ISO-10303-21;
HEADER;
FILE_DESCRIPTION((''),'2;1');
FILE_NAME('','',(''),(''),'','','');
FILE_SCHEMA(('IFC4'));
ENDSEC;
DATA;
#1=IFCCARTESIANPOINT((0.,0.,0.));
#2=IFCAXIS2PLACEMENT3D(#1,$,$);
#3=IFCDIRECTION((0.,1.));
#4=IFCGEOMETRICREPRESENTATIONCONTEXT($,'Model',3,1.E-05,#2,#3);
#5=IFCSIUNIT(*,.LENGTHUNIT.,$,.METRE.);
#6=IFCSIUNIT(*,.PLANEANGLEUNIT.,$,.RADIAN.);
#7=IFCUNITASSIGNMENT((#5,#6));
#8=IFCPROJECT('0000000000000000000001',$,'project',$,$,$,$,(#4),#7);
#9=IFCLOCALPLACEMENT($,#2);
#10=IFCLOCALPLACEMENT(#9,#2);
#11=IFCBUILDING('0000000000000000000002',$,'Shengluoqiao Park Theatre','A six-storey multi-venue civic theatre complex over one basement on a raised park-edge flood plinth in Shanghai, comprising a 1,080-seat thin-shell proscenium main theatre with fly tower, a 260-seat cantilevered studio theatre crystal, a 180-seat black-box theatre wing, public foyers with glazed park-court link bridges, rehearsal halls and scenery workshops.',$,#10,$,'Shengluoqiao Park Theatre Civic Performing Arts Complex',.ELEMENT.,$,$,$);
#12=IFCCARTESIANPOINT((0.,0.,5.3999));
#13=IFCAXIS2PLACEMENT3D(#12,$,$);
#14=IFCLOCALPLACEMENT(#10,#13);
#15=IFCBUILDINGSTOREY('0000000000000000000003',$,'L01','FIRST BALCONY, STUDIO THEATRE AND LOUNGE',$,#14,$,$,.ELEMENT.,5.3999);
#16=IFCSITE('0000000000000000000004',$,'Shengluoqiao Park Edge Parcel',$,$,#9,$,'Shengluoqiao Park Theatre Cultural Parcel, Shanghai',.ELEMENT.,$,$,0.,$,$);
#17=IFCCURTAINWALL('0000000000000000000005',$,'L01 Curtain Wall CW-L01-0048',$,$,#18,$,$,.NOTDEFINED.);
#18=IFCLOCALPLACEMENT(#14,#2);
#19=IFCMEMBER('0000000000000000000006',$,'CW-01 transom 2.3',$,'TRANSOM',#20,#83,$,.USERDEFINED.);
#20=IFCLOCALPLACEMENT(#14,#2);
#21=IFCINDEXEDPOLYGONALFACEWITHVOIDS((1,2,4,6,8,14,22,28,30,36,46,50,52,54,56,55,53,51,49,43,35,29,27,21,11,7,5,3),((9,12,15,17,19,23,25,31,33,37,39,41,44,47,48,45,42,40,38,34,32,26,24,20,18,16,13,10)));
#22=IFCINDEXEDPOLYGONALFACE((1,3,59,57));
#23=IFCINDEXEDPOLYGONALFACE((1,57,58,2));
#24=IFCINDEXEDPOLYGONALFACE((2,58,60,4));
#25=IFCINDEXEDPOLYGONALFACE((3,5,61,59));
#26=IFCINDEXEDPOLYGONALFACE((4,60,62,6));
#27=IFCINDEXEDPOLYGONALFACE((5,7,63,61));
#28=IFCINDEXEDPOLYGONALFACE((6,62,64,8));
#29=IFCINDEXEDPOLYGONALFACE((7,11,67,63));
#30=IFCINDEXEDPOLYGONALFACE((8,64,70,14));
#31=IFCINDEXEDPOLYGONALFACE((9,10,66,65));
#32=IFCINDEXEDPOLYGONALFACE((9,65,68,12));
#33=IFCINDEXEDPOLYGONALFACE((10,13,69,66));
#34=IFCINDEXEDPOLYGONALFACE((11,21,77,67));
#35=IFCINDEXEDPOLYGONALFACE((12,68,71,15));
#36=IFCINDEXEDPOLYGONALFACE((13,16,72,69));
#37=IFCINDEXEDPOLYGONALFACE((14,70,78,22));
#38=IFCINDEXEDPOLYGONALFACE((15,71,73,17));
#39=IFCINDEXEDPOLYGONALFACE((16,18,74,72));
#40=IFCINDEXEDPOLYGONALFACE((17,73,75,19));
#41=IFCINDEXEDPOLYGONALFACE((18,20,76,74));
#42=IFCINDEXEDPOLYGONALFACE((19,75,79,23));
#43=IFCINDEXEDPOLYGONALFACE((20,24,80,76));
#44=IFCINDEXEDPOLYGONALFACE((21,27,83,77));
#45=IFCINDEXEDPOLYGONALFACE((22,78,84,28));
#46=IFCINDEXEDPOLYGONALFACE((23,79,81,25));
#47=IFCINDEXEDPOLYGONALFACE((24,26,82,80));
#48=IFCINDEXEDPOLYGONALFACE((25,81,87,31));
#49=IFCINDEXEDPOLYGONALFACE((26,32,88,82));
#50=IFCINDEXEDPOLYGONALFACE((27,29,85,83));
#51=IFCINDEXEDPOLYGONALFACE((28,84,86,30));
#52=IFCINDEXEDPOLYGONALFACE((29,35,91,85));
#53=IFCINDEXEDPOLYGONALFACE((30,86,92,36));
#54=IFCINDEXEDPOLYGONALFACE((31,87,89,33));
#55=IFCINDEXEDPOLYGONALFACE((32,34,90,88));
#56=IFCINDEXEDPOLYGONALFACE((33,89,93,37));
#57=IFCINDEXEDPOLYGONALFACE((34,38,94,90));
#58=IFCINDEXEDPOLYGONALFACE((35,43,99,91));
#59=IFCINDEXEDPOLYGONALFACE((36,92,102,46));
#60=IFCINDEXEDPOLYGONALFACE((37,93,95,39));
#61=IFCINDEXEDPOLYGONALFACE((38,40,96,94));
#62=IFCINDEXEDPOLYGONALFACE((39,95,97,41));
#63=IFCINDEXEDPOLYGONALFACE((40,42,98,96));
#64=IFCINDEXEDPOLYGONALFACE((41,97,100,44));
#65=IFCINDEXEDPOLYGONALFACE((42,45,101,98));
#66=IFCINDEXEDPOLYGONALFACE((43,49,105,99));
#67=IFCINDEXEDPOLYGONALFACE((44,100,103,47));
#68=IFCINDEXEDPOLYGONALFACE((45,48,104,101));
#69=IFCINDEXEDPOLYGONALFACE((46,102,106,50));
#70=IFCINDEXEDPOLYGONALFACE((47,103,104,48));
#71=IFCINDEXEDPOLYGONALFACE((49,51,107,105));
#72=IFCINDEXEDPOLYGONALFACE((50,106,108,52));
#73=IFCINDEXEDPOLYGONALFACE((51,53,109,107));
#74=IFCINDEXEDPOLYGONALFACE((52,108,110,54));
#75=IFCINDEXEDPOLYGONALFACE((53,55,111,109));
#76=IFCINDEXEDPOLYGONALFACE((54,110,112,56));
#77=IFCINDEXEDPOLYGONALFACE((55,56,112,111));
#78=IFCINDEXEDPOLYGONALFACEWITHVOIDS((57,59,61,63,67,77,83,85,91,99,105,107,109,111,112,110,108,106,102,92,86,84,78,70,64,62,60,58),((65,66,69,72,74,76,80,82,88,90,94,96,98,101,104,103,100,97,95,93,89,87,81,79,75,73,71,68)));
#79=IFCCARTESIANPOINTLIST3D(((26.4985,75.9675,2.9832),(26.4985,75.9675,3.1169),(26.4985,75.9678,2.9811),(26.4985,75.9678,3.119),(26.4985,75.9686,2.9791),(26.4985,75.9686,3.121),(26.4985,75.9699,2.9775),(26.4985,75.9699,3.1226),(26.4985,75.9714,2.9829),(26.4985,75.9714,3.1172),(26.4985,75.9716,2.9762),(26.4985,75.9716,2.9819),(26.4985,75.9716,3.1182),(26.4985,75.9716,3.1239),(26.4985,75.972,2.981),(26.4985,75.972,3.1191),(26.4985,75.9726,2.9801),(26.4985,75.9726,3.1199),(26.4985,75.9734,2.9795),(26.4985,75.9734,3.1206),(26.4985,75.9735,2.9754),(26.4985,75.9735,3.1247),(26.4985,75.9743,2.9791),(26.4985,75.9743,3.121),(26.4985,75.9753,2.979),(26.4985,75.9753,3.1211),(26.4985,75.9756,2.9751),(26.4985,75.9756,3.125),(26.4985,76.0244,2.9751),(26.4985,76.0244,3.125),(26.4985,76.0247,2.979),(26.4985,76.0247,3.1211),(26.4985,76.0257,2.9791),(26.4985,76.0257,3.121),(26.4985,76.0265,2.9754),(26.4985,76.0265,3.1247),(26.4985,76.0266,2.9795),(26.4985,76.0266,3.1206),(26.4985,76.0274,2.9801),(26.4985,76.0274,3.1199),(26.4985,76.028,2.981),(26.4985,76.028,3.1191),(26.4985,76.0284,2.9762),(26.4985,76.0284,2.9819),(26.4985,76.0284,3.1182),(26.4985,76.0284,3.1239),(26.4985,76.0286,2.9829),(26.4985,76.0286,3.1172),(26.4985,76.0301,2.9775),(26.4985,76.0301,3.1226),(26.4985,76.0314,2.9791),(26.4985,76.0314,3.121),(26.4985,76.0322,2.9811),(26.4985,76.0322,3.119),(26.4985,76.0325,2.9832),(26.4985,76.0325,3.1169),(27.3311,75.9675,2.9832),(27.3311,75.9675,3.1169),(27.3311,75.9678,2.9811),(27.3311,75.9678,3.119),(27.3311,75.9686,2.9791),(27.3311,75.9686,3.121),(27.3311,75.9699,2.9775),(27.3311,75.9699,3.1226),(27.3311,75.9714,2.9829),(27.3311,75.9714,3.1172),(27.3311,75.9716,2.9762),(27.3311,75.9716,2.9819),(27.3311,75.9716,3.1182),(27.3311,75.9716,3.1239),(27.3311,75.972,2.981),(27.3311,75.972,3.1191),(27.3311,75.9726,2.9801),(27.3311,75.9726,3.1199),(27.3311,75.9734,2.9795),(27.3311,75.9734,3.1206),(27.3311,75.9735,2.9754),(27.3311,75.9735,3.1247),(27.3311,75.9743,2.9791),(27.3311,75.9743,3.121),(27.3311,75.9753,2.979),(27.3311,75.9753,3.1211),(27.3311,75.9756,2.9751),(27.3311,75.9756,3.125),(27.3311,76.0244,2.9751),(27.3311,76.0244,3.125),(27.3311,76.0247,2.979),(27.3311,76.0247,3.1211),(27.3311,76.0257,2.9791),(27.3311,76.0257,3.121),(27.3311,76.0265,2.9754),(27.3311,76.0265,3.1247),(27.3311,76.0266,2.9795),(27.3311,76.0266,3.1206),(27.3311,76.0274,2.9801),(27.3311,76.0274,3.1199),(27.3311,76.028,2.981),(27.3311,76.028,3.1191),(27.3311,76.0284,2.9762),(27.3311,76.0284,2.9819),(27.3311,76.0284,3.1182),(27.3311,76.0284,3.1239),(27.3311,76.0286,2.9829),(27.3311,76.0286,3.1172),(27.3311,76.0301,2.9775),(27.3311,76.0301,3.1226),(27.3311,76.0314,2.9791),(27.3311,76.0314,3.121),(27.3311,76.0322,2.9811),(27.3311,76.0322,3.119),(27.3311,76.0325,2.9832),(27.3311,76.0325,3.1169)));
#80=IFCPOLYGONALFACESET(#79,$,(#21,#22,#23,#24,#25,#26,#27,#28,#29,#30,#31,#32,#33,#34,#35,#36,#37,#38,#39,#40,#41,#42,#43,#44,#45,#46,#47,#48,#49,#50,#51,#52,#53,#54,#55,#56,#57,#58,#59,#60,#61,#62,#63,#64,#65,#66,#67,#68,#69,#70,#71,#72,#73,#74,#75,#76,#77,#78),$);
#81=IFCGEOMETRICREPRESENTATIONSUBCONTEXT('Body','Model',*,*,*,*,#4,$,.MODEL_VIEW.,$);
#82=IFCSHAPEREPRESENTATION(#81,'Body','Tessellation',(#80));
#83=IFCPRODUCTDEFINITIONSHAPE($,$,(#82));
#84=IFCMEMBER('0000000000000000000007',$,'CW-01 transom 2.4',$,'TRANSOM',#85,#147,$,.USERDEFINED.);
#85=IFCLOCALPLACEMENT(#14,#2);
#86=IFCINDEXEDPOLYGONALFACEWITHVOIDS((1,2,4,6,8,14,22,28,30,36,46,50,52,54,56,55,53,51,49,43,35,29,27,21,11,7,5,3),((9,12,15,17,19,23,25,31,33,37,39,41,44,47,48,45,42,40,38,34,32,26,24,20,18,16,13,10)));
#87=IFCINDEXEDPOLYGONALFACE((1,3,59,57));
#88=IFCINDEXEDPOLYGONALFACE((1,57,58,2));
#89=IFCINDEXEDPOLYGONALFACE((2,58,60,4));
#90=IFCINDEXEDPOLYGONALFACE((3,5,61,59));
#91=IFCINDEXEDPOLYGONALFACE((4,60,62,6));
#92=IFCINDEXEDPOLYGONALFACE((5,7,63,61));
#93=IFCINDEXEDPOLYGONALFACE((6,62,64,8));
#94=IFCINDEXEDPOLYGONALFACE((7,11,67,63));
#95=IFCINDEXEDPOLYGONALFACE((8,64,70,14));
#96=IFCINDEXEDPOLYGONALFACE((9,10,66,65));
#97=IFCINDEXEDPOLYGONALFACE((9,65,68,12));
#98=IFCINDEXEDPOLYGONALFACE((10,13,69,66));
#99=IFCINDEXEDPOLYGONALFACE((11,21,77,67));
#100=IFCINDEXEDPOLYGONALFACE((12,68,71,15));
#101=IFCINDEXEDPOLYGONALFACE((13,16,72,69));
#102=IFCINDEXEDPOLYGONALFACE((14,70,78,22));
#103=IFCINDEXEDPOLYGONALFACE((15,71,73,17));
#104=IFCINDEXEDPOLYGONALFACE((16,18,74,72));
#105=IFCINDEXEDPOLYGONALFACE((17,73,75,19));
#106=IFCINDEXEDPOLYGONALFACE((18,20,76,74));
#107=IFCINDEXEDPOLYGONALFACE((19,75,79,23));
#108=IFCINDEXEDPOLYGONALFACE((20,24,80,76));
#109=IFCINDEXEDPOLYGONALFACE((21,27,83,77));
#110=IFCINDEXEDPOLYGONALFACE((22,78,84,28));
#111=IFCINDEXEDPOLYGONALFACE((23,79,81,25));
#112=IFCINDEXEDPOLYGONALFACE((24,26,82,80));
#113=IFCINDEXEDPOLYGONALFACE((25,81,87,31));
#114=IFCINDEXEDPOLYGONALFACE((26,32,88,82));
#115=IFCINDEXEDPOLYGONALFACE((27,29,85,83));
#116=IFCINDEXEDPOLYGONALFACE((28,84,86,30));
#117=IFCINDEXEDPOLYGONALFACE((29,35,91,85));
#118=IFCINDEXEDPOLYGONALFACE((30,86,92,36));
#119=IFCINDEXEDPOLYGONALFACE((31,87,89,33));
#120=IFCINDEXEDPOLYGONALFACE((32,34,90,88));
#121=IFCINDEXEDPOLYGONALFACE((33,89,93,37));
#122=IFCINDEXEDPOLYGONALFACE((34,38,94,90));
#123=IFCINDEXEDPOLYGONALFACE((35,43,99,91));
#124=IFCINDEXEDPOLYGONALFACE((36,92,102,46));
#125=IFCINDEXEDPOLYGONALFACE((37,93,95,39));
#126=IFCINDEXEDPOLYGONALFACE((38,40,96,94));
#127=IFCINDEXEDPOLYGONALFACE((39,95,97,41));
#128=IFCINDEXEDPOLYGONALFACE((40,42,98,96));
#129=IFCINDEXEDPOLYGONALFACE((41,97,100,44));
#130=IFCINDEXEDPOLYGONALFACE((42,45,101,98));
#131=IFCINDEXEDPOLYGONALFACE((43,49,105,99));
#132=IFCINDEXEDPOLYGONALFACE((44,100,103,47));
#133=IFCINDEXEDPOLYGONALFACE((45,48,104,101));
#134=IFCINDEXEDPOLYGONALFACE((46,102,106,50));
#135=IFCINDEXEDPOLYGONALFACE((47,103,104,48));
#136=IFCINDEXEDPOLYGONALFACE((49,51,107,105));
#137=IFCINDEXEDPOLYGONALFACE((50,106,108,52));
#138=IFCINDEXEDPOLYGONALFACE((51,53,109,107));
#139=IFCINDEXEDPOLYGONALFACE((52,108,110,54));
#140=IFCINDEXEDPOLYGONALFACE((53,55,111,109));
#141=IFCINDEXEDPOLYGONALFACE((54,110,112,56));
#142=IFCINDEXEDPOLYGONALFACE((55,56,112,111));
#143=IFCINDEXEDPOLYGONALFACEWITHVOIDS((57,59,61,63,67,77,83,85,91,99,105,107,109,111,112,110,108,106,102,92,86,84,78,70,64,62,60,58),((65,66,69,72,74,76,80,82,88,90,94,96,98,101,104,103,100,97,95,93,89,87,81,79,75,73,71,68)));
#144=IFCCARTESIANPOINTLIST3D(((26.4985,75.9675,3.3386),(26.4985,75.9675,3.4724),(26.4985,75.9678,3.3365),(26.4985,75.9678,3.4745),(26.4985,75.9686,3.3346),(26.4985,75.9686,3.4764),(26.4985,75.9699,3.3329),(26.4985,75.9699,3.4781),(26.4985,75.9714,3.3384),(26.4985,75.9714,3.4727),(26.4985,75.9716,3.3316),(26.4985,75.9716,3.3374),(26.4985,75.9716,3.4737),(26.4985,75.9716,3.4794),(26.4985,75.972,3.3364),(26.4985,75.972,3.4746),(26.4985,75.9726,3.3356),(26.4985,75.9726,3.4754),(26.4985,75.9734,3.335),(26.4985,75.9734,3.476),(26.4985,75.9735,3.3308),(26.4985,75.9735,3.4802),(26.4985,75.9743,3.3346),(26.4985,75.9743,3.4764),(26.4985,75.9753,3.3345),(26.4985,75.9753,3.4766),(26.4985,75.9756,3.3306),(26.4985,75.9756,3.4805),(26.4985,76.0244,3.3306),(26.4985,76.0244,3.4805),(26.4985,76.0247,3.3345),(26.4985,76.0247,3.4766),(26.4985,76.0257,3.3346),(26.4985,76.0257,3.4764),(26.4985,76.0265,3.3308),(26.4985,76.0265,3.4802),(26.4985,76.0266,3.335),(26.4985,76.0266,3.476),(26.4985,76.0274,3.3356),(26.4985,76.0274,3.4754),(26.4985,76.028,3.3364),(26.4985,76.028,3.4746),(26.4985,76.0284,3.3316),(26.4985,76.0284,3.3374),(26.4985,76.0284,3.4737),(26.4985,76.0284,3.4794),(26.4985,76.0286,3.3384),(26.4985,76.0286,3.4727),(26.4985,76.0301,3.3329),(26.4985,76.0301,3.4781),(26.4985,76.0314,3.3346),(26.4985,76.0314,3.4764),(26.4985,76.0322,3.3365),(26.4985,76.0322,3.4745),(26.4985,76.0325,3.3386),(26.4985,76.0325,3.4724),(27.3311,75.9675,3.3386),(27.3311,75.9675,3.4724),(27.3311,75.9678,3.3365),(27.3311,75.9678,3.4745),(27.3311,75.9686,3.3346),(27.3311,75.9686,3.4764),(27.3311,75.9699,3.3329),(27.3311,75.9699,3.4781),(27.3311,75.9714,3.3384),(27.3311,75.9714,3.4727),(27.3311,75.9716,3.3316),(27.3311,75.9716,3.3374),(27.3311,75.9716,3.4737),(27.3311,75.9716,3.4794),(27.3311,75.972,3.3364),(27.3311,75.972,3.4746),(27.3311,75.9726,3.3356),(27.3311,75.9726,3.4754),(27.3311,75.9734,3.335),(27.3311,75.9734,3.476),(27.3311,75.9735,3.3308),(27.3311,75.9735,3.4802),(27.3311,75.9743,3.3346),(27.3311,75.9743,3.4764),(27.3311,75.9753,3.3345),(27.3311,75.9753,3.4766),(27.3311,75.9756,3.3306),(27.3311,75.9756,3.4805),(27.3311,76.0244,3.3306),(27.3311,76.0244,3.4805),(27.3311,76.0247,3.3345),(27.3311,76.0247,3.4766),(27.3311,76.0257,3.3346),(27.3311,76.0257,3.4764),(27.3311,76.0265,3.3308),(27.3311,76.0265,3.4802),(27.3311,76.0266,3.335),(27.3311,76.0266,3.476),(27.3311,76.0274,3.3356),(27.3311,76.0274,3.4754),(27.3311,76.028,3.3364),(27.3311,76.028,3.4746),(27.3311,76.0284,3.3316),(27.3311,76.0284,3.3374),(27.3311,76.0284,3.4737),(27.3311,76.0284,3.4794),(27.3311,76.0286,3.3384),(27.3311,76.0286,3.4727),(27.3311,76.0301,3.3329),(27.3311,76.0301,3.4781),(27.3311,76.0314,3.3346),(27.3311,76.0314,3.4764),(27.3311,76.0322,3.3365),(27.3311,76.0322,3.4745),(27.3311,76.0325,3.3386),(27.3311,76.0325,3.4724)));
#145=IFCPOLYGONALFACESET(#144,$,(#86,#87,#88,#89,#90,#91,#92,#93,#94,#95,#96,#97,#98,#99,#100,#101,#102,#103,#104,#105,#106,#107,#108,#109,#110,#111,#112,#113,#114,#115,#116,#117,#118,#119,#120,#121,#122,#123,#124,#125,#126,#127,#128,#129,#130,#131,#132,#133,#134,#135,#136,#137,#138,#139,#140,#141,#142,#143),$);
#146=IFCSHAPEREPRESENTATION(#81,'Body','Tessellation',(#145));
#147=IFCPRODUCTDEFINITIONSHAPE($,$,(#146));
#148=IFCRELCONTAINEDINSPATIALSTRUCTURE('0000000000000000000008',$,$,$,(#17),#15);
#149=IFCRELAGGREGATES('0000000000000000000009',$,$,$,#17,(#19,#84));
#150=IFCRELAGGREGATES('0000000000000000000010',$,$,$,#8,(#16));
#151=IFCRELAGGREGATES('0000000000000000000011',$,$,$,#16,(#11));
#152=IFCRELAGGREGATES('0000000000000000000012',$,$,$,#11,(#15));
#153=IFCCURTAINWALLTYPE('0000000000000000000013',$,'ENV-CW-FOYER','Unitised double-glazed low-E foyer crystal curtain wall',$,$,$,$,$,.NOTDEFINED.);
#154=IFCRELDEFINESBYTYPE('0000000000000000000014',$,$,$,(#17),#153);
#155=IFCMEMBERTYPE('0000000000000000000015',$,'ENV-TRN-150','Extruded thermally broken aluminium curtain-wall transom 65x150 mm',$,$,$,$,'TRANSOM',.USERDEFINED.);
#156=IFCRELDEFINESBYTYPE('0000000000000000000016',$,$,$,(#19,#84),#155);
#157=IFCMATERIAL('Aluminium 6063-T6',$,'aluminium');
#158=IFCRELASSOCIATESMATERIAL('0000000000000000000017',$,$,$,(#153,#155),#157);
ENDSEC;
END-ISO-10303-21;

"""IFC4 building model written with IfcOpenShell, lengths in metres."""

from ifc_helpers import new_model, si_unit, direction, frame, origin, origin_2d, place, context, subcontext, project, spatial, hollow_rectangle, extrude, material, material_profile, profile_set, type_object, element, aggregate, save


model = new_model("IFC4")

# Units and contexts
model_context = context("Model", 3, precision=1e-05, world=origin(), true_north=direction((0.0, 1.0)))
body_context = subcontext(model_context, "Body", "Model", "MODEL_VIEW")
ifc_project = project(units=[si_unit("LENGTHUNIT", "METRE"), si_unit("PLANEANGLEUNIT", "RADIAN")], contexts=[model_context])

# Site, building, storey
site_placement = place(None, origin())
site = spatial("IfcSite", under=ifc_project, at=site_placement, Name="Shengluoqiao Park Edge Parcel", LongName="Shengluoqiao Park Theatre Cultural Parcel, Shanghai", CompositionType="ELEMENT", RefElevation=0.0)
building_placement = place(site_placement, origin())
building = spatial("IfcBuilding", under=site, at=building_placement, Name="Shengluoqiao Park Theatre", Description="A six-storey multi-venue civic theatre complex over one basement on a raised park-edge flood plinth in Shanghai, comprising a 1,080-seat thin-shell proscenium main theatre with fly tower, a 260-seat cantilevered studio theatre crystal, a 180-seat black-box theatre wing, public foyers with glazed park-court link bridges, rehearsal halls and scenery workshops.", LongName="Shengluoqiao Park Theatre Civic Performing Arts Complex", CompositionType="ELEMENT")
storey_placement = place(building_placement, frame((0.0, 0.0, 5.3999)))
storey = spatial("IfcBuildingStorey", under=building, at=storey_placement, Name="L01", Description="FIRST BALCONY, STUDIO THEATRE AND LOUNGE", CompositionType="ELEMENT", Elevation=5.3999)

# Curtain wall
ifc_material_1 = material(Name="Aluminium 6063-T6", Category="aluminium")
curtain_wall_type = type_object("IfcCurtainWallType", Name="ENV-CW-FOYER", Description="Unitised double-glazed low-E foyer crystal curtain wall", PredefinedType="NOTDEFINED", material=ifc_material_1)
curtain_wall_1_placement = place(storey_placement, origin())
curtain_wall_1 = element("IfcCurtainWall", 1, at=curtain_wall_1_placement, inside=storey, type_object=curtain_wall_type, Name="L01 Curtain Wall CW-L01-0048", PredefinedType="NOTDEFINED")

# Members
ifc_material_profile_1 = material_profile(ifc_material_1, hollow_rectangle(XDim=0.0649, YDim=0.1499, WallThickness=0.0039, InnerFilletRadius=0.0039, OuterFilletRadius=0.0081, at=origin_2d()), Name="ALU TRANSOM 150x65x4")
ifc_profile_set_1 = profile_set([ifc_material_profile_1], Name="Aluminium 6063-T6")
member_type_1 = type_object("IfcMemberType", Name="ENV-TRN-150", Description="Extruded thermally broken aluminium curtain-wall transom 65x150 mm", ElementType="TRANSOM", PredefinedType="USERDEFINED", material=ifc_profile_set_1)
member_1_placement = place(storey_placement, frame((26.4985, 76.0, 3.05), z_axis=(1.0, 0.0, 0.0), x_axis=(0.0, 1.0, 0.0)))
member_1 = element("IfcMember", 2, at=member_1_placement, type_object=member_type_1, Name="CW-01 transom 2.3", ObjectType="TRANSOM", PredefinedType="USERDEFINED", context=body_context, shape_type="SweptSolid", body=[
    extrude(hollow_rectangle(XDim=0.0649, YDim=0.1499, WallThickness=0.0039, InnerFilletRadius=0.0039, OuterFilletRadius=0.0081, at=origin_2d()), origin(), (0.0, 0.0, 1.0), 0.8325),
])
member_2_placement = place(storey_placement, frame((26.4985, 76.0, 3.4055), z_axis=(1.0, 0.0, 0.0), x_axis=(0.0, 1.0, 0.0)))
member_2 = element("IfcMember", 3, at=member_2_placement, type_object=member_type_1, Name="CW-01 transom 2.4", ObjectType="TRANSOM", PredefinedType="USERDEFINED", context=body_context, shape_type="SweptSolid", body=[
    extrude(hollow_rectangle(XDim=0.0649, YDim=0.1499, WallThickness=0.0039, InnerFilletRadius=0.0039, OuterFilletRadius=0.0081, at=origin_2d()), origin(), (0.0, 0.0, 1.0), 0.8325),
])

aggregate(curtain_wall_1, [member_1, member_2])

save(model, "model.ifc")
